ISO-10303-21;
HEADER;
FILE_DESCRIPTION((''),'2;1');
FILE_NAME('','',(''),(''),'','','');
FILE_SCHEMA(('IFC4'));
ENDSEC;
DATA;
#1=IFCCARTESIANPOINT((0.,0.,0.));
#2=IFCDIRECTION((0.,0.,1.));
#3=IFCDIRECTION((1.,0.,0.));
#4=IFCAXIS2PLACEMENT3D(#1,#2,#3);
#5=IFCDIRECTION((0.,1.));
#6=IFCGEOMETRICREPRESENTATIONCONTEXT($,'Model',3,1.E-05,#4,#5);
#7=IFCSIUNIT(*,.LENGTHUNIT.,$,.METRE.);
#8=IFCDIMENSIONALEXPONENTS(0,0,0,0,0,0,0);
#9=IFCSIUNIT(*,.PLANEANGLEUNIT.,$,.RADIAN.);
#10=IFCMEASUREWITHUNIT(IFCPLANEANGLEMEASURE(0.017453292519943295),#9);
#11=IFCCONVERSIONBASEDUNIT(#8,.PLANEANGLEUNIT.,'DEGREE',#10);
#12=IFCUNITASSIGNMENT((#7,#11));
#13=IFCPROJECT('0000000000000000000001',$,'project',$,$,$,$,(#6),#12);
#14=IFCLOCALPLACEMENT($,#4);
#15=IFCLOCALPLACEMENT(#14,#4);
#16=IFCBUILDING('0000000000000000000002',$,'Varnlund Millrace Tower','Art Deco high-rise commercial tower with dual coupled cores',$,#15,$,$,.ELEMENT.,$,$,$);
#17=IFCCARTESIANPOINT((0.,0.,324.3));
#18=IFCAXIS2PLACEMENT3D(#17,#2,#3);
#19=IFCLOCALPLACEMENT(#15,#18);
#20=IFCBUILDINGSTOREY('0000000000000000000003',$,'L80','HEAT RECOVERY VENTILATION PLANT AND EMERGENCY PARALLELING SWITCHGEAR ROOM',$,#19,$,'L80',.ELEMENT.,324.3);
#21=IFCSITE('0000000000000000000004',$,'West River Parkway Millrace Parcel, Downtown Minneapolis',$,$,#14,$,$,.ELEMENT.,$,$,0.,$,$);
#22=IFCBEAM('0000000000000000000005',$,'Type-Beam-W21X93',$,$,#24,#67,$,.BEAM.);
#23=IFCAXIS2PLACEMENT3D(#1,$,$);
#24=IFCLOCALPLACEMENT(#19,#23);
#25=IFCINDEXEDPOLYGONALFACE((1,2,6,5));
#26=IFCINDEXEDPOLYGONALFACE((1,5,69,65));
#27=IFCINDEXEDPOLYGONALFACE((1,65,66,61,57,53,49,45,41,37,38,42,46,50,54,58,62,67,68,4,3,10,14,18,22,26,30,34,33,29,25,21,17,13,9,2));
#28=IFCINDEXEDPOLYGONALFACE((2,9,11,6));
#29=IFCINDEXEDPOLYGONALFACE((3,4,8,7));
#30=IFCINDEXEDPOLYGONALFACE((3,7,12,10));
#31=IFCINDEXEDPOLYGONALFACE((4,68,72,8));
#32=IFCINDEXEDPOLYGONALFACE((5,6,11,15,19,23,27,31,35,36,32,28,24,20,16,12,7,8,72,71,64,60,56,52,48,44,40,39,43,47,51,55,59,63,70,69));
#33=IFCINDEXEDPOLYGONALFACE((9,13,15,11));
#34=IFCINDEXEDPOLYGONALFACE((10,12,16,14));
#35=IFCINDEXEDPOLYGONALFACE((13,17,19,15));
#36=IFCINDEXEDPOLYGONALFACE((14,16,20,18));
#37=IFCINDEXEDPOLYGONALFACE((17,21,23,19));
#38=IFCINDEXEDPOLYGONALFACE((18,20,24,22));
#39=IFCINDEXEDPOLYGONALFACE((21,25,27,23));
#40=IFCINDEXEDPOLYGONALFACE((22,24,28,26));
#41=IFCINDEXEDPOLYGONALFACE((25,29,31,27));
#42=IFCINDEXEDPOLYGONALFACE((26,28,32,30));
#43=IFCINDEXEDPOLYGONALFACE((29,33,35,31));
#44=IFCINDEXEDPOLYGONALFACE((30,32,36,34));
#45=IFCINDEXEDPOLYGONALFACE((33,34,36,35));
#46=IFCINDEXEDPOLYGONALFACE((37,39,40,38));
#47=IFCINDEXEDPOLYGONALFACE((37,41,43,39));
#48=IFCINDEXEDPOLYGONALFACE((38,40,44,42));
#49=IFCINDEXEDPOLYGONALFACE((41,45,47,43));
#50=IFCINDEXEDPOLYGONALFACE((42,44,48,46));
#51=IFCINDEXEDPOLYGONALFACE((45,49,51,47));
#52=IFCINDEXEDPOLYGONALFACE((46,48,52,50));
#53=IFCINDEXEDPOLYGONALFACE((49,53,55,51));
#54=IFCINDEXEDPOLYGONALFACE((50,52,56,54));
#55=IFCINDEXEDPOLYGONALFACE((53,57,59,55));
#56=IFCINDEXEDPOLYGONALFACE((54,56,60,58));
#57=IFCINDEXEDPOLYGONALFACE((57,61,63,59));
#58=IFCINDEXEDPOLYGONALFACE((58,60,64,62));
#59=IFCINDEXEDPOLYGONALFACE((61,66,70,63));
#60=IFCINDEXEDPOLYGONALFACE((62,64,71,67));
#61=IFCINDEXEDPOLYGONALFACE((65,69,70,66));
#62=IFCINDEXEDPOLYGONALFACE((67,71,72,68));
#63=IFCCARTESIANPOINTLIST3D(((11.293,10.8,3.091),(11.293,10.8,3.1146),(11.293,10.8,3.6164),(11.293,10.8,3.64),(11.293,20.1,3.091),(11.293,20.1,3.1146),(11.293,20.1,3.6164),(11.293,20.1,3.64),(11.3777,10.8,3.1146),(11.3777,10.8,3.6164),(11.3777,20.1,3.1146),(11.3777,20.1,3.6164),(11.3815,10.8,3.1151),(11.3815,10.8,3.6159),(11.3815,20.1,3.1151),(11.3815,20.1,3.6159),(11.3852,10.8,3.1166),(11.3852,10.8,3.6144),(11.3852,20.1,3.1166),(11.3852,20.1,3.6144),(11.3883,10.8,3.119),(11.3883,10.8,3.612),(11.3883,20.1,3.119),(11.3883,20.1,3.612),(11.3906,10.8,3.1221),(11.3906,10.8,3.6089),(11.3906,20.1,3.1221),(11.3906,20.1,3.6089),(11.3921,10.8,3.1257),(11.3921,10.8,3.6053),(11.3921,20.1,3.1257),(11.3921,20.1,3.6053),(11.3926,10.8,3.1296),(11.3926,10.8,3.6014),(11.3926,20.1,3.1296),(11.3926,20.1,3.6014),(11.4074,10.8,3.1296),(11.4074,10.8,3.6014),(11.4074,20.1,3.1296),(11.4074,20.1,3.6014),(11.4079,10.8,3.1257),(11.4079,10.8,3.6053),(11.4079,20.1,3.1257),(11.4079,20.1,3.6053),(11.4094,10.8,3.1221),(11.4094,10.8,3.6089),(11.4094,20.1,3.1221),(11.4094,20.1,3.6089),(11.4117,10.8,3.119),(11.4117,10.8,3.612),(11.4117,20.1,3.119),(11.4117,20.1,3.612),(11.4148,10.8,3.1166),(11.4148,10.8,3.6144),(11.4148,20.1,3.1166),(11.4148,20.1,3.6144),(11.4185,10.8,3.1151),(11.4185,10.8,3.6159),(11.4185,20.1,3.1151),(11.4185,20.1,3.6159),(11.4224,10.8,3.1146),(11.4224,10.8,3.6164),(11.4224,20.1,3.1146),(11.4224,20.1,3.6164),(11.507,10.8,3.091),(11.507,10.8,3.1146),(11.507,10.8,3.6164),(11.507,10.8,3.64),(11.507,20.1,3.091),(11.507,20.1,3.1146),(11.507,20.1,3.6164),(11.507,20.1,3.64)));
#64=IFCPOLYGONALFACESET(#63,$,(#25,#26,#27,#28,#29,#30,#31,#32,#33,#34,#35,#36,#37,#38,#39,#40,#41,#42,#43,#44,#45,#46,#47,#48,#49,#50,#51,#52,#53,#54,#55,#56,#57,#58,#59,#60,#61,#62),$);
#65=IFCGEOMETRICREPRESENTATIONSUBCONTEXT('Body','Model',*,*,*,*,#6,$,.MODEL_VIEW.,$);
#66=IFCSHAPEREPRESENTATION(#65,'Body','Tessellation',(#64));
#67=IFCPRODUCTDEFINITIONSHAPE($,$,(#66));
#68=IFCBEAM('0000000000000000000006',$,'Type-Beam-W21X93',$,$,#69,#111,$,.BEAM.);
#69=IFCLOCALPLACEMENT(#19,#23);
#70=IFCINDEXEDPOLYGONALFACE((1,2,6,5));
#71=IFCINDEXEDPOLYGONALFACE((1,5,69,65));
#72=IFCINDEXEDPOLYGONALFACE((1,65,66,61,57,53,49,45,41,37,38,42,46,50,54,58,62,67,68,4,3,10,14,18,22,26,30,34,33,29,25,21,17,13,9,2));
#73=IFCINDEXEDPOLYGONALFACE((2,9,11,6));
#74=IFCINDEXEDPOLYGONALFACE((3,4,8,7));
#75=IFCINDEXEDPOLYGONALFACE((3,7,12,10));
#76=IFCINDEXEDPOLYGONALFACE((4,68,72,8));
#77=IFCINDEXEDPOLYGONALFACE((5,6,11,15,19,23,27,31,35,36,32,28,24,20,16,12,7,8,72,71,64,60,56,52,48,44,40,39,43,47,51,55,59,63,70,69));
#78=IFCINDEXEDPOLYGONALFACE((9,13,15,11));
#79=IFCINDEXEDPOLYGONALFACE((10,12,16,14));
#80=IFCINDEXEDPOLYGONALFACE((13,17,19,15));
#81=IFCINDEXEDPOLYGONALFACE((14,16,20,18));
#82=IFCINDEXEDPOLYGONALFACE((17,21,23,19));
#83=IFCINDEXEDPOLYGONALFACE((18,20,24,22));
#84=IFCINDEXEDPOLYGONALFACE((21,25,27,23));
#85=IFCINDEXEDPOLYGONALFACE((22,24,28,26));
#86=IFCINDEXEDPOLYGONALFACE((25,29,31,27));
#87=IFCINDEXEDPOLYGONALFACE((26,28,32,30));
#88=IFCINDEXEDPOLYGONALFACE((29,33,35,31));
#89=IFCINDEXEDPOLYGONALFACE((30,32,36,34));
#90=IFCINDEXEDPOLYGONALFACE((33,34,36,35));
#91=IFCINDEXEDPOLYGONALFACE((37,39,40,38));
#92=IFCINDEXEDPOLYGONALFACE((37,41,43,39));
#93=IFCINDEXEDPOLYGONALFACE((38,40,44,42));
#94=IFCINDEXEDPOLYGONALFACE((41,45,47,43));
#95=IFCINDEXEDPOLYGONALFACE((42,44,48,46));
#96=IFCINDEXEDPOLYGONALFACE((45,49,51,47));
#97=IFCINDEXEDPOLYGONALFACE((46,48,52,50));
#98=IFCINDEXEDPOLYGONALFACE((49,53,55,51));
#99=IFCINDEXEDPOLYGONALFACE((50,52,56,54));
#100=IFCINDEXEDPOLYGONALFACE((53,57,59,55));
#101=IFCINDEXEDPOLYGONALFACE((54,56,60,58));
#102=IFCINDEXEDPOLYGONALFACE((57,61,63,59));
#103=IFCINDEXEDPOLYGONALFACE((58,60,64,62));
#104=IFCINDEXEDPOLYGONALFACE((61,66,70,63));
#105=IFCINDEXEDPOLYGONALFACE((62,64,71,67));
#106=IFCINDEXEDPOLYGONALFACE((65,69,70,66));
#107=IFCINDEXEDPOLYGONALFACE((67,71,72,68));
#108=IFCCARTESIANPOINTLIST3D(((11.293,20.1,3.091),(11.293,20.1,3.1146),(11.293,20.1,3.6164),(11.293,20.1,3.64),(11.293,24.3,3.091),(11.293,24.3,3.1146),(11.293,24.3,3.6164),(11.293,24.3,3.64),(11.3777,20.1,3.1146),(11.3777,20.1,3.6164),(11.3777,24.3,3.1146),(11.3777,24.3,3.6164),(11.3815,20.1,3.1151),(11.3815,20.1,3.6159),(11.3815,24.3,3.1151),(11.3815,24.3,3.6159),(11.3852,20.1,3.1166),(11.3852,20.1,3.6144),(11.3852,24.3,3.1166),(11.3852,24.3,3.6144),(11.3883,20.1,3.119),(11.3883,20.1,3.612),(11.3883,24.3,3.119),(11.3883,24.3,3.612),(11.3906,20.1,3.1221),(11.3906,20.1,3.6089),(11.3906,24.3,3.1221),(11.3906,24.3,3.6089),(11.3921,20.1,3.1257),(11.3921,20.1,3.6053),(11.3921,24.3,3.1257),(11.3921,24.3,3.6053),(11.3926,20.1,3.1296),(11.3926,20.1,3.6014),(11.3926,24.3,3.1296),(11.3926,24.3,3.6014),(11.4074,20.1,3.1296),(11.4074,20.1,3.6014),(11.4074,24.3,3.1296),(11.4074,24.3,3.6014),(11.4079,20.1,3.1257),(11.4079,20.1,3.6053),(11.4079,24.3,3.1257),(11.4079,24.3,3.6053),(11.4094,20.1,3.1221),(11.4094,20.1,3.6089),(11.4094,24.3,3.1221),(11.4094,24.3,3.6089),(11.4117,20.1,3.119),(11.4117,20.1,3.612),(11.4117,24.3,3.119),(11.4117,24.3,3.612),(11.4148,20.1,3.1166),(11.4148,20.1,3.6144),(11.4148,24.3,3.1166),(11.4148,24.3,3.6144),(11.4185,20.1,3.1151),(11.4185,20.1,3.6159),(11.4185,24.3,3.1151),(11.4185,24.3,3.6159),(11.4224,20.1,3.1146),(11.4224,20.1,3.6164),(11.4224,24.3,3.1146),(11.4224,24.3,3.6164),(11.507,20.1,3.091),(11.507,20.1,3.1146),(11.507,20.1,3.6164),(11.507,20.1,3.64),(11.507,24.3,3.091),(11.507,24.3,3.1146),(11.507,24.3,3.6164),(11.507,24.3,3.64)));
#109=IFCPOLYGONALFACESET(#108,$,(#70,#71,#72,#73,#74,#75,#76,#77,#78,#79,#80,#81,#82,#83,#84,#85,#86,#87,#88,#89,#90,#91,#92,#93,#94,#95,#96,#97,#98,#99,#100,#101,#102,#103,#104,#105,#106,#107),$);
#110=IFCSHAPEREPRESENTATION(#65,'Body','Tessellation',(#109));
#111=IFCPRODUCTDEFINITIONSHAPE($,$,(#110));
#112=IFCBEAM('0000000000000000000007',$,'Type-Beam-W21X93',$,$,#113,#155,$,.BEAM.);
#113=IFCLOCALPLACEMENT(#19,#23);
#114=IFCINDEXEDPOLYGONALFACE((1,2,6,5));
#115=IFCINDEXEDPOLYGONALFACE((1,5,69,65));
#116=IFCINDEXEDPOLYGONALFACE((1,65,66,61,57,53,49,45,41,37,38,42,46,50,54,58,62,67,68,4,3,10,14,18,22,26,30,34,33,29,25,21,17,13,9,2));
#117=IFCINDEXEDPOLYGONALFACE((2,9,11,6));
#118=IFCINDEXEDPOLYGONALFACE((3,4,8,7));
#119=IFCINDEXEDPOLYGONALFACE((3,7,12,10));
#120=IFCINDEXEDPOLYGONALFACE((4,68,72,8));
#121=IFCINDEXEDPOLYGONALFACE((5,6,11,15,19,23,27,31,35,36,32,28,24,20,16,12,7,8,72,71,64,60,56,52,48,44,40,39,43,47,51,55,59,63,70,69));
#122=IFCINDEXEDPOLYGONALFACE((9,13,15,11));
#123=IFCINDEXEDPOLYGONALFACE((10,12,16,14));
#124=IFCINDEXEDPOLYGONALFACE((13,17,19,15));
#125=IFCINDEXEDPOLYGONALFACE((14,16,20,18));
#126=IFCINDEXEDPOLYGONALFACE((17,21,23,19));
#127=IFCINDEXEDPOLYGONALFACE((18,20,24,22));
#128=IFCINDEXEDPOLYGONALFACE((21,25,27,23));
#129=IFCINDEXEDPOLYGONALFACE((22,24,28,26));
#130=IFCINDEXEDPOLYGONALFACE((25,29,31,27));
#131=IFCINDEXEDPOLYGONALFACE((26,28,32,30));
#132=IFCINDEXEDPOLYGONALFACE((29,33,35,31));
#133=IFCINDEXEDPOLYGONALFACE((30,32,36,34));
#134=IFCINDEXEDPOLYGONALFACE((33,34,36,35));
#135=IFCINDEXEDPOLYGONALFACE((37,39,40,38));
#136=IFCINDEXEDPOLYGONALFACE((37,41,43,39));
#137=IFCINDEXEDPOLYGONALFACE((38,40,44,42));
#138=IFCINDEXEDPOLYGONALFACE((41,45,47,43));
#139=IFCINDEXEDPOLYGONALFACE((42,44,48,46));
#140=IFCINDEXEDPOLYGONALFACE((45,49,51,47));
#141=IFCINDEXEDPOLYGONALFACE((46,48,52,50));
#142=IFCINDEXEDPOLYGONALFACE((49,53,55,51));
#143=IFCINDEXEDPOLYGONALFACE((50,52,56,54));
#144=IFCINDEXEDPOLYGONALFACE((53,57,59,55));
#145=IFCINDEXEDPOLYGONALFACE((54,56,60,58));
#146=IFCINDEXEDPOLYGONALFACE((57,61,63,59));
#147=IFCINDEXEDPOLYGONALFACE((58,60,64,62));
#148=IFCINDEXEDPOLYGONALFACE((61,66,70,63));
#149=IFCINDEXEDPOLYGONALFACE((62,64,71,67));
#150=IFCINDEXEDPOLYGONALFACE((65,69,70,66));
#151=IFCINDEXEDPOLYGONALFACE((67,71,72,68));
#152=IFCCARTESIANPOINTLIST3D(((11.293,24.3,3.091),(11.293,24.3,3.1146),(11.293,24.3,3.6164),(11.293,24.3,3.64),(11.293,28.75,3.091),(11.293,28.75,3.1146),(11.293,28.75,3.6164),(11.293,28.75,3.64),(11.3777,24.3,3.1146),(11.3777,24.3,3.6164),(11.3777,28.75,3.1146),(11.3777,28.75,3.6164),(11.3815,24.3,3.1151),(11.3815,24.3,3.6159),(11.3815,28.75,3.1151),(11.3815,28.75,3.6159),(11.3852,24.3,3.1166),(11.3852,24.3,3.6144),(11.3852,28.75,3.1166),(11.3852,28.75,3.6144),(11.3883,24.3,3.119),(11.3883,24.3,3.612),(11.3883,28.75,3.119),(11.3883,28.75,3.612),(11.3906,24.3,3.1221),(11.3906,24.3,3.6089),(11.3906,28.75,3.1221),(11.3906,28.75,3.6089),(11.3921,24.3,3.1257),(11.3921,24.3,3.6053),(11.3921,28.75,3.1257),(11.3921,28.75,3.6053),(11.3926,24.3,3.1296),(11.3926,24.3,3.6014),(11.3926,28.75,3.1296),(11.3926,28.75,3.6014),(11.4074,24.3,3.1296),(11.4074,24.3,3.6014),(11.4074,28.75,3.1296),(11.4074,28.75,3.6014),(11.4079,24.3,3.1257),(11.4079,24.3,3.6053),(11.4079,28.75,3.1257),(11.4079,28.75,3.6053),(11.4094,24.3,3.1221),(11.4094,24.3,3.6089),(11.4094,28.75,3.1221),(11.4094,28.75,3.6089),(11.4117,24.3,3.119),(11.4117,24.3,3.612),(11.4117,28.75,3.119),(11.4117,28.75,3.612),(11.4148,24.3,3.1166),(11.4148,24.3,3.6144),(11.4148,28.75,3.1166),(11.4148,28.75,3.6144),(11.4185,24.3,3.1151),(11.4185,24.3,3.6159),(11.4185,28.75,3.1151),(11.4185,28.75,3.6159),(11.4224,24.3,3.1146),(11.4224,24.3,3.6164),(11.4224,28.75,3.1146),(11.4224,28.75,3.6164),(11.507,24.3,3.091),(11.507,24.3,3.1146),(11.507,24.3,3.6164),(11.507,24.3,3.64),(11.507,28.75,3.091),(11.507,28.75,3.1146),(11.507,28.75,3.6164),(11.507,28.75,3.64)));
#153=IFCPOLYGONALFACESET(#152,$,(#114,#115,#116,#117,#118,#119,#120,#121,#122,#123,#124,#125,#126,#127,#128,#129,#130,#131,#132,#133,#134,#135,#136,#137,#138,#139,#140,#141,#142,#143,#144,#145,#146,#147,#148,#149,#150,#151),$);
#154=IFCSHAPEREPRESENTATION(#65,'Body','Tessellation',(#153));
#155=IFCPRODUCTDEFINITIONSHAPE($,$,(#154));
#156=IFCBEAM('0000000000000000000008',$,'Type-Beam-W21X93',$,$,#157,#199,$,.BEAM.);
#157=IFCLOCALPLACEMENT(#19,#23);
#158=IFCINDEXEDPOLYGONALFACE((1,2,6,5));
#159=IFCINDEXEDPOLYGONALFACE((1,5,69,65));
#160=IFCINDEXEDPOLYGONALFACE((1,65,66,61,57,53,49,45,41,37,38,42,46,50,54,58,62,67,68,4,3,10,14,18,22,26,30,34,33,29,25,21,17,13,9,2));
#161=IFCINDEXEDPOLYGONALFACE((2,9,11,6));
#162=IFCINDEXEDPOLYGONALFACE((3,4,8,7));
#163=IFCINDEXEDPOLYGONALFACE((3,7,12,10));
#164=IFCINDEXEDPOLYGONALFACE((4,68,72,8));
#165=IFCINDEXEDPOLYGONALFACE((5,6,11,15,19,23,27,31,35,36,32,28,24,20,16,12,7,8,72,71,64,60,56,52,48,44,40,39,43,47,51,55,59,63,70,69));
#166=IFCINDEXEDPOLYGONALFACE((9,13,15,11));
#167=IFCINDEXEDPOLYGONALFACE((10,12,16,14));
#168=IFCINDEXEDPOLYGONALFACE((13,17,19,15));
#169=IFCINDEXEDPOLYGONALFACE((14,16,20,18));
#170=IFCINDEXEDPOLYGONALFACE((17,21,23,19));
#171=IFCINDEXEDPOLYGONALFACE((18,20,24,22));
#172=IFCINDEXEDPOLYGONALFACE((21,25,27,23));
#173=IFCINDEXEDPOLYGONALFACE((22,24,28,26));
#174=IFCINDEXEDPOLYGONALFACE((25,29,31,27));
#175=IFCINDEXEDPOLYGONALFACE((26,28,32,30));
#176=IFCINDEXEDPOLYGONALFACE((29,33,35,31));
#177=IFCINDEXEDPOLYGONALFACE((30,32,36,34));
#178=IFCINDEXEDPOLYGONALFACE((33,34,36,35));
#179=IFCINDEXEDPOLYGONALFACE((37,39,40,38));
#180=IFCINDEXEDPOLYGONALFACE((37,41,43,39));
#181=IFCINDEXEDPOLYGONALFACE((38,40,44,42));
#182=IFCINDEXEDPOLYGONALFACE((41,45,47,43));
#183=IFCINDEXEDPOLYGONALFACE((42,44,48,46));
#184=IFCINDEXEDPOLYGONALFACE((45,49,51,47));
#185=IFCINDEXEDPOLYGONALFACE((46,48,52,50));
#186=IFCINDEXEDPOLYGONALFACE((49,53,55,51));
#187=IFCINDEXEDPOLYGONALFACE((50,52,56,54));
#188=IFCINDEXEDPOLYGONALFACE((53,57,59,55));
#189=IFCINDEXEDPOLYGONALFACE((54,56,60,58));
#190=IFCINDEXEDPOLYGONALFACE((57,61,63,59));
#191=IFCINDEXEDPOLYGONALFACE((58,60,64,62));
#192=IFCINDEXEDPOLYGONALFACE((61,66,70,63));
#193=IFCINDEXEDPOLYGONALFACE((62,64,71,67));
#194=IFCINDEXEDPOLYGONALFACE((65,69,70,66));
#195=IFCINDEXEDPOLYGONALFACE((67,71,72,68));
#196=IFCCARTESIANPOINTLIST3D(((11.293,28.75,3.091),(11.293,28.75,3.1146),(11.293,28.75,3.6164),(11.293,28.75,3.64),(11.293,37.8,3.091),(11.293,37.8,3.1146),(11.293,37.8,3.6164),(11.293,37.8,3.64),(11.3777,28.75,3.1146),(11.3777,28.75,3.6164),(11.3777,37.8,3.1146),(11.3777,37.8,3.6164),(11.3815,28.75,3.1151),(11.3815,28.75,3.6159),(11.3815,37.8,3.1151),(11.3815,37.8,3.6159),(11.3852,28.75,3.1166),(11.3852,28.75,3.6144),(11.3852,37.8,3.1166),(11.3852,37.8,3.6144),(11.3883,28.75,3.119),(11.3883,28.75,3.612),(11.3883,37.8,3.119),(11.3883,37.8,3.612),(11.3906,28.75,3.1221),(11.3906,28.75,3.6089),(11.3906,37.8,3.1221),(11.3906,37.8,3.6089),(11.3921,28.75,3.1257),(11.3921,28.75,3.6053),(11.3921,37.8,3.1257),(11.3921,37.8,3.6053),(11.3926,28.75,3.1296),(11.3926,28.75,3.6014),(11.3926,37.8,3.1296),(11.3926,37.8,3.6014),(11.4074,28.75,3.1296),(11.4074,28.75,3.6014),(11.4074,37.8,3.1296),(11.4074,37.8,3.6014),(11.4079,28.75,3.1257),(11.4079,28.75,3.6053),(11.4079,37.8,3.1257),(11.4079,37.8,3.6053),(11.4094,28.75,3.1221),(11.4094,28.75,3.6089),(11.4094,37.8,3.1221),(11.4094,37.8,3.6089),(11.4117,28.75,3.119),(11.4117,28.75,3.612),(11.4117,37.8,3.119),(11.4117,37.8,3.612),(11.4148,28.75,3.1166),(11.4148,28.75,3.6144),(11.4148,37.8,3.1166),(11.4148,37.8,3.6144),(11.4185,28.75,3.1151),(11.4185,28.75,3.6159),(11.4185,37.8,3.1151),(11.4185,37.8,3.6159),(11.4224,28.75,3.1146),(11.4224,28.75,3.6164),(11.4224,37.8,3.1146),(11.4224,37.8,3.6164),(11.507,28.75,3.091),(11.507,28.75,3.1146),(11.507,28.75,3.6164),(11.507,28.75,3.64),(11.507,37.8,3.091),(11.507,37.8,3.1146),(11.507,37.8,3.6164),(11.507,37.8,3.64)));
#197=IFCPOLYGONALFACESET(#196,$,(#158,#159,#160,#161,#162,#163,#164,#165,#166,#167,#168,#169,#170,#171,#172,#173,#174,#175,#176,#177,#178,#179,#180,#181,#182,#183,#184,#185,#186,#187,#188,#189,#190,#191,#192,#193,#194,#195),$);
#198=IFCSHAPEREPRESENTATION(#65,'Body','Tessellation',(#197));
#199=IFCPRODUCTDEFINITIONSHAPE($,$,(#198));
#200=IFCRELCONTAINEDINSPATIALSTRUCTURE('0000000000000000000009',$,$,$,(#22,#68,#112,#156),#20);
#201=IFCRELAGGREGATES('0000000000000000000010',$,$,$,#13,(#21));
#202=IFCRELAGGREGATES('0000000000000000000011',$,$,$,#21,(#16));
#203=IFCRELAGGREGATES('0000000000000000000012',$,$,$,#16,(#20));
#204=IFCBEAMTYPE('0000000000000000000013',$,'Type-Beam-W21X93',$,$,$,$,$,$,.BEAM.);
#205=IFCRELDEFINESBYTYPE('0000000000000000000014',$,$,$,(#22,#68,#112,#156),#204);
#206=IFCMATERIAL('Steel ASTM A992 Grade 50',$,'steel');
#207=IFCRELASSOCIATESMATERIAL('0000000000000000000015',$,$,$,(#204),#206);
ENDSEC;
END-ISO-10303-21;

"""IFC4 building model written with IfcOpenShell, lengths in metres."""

from ifc_helpers import new_model, entity, si_unit, converted_unit, direction, frame, origin_with_axes, origin_2d_with_axis, place, context, subcontext, project, spatial, i_section, extrude, material, material_profile, profile_set, type_object, element, save


model = new_model("IFC4")

# Units and contexts
model_context = context("Model", 3, precision=1e-05, world=origin_with_axes(), true_north=direction((0.0, 1.0)))
body_context = subcontext(model_context, "Body", "Model", "MODEL_VIEW")
ifc_project = project(units=[si_unit("LENGTHUNIT", "METRE"), converted_unit("PLANEANGLEUNIT", "DEGREE", entity("IfcPlaneAngleMeasure", 0.017453292519943295), si_unit("PLANEANGLEUNIT", "RADIAN"), dimensions=[0, 0, 0, 0, 0, 0, 0])], contexts=[model_context])

# Site, building, storey
site_placement = place(None, origin_with_axes())
site = spatial("IfcSite", under=ifc_project, at=site_placement, Name="West River Parkway Millrace Parcel, Downtown Minneapolis", CompositionType="ELEMENT", RefElevation=0.0)
building_placement = place(site_placement, origin_with_axes())
building = spatial("IfcBuilding", under=site, at=building_placement, Name="Varnlund Millrace Tower", Description="Art Deco high-rise commercial tower with dual coupled cores", CompositionType="ELEMENT")
storey_placement = place(building_placement, frame((0.0, 0.0, 324.3), z_axis=(0.0, 0.0, 1.0), x_axis=(1.0, 0.0, 0.0)))
storey = spatial("IfcBuildingStorey", under=building, at=storey_placement, Name="L80", Description="HEAT RECOVERY VENTILATION PLANT AND EMERGENCY PARALLELING SWITCHGEAR ROOM", LongName="L80", CompositionType="ELEMENT", Elevation=324.3)

# Beams
ifc_material_1 = material(Name="Steel ASTM A992 Grade 50", Category="steel")
ifc_material_profile_1 = material_profile(ifc_material_1, i_section(OverallWidth=0.214, OverallDepth=0.549, WebThickness=0.0147, FlangeThickness=0.0236, FilletRadius=0.015, at=origin_2d_with_axis()), Name="Steel ASTM A992 Grade 50")
ifc_profile_set_1 = profile_set([ifc_material_profile_1], Name="Steel ASTM A992 Grade 50")
beam_type_1 = type_object("IfcBeamType", Name="Type-Beam-W21X93", PredefinedType="BEAM", material=ifc_profile_set_1)
beam_1_placement = place(storey_placement, frame((11.4, 10.8, 3.3655), z_axis=(0.0, 1.0, 0.0), x_axis=(-1.0, 0.0, 0.0)))
element("IfcBeam", 1, at=beam_1_placement, inside=storey, type_object=beam_type_1, Name="Type-Beam-W21X93", PredefinedType="BEAM", context=body_context, shape_type="SweptSolid", body=[
    extrude(i_section(OverallWidth=0.214, OverallDepth=0.549, WebThickness=0.0147, FlangeThickness=0.0236, FilletRadius=0.015, at=origin_2d_with_axis()), origin_with_axes(), (0.0, 0.0, 1.0), 9.3),
])
beam_2_placement = place(storey_placement, frame((11.4, 20.1, 3.3655), z_axis=(0.0, 1.0, 0.0), x_axis=(-1.0, 0.0, 0.0)))
element("IfcBeam", 2, at=beam_2_placement, inside=storey, type_object=beam_type_1, Name="Type-Beam-W21X93", PredefinedType="BEAM", context=body_context, shape_type="SweptSolid", body=[
    extrude(i_section(OverallWidth=0.214, OverallDepth=0.549, WebThickness=0.0147, FlangeThickness=0.0236, FilletRadius=0.015, at=origin_2d_with_axis()), origin_with_axes(), (0.0, 0.0, 1.0), 4.2),
])
beam_3_placement = place(storey_placement, frame((11.4, 24.3, 3.3655), z_axis=(0.0, 1.0, 0.0), x_axis=(-1.0, 0.0, 0.0)))
element("IfcBeam", 3, at=beam_3_placement, inside=storey, type_object=beam_type_1, Name="Type-Beam-W21X93", PredefinedType="BEAM", context=body_context, shape_type="SweptSolid", body=[
    extrude(i_section(OverallWidth=0.214, OverallDepth=0.549, WebThickness=0.0147, FlangeThickness=0.0236, FilletRadius=0.015, at=origin_2d_with_axis()), origin_with_axes(), (0.0, 0.0, 1.0), 4.45),
])
beam_4_placement = place(storey_placement, frame((11.4, 28.75, 3.3655), z_axis=(0.0, 1.0, 0.0), x_axis=(-1.0, 0.0, 0.0)))
element("IfcBeam", 4, at=beam_4_placement, inside=storey, type_object=beam_type_1, Name="Type-Beam-W21X93", PredefinedType="BEAM", context=body_context, shape_type="SweptSolid", body=[
    extrude(i_section(OverallWidth=0.214, OverallDepth=0.549, WebThickness=0.0147, FlangeThickness=0.0236, FilletRadius=0.015, at=origin_2d_with_axis()), origin_with_axes(), (0.0, 0.0, 1.0), 9.05),
])

save(model, "model.ifc")
